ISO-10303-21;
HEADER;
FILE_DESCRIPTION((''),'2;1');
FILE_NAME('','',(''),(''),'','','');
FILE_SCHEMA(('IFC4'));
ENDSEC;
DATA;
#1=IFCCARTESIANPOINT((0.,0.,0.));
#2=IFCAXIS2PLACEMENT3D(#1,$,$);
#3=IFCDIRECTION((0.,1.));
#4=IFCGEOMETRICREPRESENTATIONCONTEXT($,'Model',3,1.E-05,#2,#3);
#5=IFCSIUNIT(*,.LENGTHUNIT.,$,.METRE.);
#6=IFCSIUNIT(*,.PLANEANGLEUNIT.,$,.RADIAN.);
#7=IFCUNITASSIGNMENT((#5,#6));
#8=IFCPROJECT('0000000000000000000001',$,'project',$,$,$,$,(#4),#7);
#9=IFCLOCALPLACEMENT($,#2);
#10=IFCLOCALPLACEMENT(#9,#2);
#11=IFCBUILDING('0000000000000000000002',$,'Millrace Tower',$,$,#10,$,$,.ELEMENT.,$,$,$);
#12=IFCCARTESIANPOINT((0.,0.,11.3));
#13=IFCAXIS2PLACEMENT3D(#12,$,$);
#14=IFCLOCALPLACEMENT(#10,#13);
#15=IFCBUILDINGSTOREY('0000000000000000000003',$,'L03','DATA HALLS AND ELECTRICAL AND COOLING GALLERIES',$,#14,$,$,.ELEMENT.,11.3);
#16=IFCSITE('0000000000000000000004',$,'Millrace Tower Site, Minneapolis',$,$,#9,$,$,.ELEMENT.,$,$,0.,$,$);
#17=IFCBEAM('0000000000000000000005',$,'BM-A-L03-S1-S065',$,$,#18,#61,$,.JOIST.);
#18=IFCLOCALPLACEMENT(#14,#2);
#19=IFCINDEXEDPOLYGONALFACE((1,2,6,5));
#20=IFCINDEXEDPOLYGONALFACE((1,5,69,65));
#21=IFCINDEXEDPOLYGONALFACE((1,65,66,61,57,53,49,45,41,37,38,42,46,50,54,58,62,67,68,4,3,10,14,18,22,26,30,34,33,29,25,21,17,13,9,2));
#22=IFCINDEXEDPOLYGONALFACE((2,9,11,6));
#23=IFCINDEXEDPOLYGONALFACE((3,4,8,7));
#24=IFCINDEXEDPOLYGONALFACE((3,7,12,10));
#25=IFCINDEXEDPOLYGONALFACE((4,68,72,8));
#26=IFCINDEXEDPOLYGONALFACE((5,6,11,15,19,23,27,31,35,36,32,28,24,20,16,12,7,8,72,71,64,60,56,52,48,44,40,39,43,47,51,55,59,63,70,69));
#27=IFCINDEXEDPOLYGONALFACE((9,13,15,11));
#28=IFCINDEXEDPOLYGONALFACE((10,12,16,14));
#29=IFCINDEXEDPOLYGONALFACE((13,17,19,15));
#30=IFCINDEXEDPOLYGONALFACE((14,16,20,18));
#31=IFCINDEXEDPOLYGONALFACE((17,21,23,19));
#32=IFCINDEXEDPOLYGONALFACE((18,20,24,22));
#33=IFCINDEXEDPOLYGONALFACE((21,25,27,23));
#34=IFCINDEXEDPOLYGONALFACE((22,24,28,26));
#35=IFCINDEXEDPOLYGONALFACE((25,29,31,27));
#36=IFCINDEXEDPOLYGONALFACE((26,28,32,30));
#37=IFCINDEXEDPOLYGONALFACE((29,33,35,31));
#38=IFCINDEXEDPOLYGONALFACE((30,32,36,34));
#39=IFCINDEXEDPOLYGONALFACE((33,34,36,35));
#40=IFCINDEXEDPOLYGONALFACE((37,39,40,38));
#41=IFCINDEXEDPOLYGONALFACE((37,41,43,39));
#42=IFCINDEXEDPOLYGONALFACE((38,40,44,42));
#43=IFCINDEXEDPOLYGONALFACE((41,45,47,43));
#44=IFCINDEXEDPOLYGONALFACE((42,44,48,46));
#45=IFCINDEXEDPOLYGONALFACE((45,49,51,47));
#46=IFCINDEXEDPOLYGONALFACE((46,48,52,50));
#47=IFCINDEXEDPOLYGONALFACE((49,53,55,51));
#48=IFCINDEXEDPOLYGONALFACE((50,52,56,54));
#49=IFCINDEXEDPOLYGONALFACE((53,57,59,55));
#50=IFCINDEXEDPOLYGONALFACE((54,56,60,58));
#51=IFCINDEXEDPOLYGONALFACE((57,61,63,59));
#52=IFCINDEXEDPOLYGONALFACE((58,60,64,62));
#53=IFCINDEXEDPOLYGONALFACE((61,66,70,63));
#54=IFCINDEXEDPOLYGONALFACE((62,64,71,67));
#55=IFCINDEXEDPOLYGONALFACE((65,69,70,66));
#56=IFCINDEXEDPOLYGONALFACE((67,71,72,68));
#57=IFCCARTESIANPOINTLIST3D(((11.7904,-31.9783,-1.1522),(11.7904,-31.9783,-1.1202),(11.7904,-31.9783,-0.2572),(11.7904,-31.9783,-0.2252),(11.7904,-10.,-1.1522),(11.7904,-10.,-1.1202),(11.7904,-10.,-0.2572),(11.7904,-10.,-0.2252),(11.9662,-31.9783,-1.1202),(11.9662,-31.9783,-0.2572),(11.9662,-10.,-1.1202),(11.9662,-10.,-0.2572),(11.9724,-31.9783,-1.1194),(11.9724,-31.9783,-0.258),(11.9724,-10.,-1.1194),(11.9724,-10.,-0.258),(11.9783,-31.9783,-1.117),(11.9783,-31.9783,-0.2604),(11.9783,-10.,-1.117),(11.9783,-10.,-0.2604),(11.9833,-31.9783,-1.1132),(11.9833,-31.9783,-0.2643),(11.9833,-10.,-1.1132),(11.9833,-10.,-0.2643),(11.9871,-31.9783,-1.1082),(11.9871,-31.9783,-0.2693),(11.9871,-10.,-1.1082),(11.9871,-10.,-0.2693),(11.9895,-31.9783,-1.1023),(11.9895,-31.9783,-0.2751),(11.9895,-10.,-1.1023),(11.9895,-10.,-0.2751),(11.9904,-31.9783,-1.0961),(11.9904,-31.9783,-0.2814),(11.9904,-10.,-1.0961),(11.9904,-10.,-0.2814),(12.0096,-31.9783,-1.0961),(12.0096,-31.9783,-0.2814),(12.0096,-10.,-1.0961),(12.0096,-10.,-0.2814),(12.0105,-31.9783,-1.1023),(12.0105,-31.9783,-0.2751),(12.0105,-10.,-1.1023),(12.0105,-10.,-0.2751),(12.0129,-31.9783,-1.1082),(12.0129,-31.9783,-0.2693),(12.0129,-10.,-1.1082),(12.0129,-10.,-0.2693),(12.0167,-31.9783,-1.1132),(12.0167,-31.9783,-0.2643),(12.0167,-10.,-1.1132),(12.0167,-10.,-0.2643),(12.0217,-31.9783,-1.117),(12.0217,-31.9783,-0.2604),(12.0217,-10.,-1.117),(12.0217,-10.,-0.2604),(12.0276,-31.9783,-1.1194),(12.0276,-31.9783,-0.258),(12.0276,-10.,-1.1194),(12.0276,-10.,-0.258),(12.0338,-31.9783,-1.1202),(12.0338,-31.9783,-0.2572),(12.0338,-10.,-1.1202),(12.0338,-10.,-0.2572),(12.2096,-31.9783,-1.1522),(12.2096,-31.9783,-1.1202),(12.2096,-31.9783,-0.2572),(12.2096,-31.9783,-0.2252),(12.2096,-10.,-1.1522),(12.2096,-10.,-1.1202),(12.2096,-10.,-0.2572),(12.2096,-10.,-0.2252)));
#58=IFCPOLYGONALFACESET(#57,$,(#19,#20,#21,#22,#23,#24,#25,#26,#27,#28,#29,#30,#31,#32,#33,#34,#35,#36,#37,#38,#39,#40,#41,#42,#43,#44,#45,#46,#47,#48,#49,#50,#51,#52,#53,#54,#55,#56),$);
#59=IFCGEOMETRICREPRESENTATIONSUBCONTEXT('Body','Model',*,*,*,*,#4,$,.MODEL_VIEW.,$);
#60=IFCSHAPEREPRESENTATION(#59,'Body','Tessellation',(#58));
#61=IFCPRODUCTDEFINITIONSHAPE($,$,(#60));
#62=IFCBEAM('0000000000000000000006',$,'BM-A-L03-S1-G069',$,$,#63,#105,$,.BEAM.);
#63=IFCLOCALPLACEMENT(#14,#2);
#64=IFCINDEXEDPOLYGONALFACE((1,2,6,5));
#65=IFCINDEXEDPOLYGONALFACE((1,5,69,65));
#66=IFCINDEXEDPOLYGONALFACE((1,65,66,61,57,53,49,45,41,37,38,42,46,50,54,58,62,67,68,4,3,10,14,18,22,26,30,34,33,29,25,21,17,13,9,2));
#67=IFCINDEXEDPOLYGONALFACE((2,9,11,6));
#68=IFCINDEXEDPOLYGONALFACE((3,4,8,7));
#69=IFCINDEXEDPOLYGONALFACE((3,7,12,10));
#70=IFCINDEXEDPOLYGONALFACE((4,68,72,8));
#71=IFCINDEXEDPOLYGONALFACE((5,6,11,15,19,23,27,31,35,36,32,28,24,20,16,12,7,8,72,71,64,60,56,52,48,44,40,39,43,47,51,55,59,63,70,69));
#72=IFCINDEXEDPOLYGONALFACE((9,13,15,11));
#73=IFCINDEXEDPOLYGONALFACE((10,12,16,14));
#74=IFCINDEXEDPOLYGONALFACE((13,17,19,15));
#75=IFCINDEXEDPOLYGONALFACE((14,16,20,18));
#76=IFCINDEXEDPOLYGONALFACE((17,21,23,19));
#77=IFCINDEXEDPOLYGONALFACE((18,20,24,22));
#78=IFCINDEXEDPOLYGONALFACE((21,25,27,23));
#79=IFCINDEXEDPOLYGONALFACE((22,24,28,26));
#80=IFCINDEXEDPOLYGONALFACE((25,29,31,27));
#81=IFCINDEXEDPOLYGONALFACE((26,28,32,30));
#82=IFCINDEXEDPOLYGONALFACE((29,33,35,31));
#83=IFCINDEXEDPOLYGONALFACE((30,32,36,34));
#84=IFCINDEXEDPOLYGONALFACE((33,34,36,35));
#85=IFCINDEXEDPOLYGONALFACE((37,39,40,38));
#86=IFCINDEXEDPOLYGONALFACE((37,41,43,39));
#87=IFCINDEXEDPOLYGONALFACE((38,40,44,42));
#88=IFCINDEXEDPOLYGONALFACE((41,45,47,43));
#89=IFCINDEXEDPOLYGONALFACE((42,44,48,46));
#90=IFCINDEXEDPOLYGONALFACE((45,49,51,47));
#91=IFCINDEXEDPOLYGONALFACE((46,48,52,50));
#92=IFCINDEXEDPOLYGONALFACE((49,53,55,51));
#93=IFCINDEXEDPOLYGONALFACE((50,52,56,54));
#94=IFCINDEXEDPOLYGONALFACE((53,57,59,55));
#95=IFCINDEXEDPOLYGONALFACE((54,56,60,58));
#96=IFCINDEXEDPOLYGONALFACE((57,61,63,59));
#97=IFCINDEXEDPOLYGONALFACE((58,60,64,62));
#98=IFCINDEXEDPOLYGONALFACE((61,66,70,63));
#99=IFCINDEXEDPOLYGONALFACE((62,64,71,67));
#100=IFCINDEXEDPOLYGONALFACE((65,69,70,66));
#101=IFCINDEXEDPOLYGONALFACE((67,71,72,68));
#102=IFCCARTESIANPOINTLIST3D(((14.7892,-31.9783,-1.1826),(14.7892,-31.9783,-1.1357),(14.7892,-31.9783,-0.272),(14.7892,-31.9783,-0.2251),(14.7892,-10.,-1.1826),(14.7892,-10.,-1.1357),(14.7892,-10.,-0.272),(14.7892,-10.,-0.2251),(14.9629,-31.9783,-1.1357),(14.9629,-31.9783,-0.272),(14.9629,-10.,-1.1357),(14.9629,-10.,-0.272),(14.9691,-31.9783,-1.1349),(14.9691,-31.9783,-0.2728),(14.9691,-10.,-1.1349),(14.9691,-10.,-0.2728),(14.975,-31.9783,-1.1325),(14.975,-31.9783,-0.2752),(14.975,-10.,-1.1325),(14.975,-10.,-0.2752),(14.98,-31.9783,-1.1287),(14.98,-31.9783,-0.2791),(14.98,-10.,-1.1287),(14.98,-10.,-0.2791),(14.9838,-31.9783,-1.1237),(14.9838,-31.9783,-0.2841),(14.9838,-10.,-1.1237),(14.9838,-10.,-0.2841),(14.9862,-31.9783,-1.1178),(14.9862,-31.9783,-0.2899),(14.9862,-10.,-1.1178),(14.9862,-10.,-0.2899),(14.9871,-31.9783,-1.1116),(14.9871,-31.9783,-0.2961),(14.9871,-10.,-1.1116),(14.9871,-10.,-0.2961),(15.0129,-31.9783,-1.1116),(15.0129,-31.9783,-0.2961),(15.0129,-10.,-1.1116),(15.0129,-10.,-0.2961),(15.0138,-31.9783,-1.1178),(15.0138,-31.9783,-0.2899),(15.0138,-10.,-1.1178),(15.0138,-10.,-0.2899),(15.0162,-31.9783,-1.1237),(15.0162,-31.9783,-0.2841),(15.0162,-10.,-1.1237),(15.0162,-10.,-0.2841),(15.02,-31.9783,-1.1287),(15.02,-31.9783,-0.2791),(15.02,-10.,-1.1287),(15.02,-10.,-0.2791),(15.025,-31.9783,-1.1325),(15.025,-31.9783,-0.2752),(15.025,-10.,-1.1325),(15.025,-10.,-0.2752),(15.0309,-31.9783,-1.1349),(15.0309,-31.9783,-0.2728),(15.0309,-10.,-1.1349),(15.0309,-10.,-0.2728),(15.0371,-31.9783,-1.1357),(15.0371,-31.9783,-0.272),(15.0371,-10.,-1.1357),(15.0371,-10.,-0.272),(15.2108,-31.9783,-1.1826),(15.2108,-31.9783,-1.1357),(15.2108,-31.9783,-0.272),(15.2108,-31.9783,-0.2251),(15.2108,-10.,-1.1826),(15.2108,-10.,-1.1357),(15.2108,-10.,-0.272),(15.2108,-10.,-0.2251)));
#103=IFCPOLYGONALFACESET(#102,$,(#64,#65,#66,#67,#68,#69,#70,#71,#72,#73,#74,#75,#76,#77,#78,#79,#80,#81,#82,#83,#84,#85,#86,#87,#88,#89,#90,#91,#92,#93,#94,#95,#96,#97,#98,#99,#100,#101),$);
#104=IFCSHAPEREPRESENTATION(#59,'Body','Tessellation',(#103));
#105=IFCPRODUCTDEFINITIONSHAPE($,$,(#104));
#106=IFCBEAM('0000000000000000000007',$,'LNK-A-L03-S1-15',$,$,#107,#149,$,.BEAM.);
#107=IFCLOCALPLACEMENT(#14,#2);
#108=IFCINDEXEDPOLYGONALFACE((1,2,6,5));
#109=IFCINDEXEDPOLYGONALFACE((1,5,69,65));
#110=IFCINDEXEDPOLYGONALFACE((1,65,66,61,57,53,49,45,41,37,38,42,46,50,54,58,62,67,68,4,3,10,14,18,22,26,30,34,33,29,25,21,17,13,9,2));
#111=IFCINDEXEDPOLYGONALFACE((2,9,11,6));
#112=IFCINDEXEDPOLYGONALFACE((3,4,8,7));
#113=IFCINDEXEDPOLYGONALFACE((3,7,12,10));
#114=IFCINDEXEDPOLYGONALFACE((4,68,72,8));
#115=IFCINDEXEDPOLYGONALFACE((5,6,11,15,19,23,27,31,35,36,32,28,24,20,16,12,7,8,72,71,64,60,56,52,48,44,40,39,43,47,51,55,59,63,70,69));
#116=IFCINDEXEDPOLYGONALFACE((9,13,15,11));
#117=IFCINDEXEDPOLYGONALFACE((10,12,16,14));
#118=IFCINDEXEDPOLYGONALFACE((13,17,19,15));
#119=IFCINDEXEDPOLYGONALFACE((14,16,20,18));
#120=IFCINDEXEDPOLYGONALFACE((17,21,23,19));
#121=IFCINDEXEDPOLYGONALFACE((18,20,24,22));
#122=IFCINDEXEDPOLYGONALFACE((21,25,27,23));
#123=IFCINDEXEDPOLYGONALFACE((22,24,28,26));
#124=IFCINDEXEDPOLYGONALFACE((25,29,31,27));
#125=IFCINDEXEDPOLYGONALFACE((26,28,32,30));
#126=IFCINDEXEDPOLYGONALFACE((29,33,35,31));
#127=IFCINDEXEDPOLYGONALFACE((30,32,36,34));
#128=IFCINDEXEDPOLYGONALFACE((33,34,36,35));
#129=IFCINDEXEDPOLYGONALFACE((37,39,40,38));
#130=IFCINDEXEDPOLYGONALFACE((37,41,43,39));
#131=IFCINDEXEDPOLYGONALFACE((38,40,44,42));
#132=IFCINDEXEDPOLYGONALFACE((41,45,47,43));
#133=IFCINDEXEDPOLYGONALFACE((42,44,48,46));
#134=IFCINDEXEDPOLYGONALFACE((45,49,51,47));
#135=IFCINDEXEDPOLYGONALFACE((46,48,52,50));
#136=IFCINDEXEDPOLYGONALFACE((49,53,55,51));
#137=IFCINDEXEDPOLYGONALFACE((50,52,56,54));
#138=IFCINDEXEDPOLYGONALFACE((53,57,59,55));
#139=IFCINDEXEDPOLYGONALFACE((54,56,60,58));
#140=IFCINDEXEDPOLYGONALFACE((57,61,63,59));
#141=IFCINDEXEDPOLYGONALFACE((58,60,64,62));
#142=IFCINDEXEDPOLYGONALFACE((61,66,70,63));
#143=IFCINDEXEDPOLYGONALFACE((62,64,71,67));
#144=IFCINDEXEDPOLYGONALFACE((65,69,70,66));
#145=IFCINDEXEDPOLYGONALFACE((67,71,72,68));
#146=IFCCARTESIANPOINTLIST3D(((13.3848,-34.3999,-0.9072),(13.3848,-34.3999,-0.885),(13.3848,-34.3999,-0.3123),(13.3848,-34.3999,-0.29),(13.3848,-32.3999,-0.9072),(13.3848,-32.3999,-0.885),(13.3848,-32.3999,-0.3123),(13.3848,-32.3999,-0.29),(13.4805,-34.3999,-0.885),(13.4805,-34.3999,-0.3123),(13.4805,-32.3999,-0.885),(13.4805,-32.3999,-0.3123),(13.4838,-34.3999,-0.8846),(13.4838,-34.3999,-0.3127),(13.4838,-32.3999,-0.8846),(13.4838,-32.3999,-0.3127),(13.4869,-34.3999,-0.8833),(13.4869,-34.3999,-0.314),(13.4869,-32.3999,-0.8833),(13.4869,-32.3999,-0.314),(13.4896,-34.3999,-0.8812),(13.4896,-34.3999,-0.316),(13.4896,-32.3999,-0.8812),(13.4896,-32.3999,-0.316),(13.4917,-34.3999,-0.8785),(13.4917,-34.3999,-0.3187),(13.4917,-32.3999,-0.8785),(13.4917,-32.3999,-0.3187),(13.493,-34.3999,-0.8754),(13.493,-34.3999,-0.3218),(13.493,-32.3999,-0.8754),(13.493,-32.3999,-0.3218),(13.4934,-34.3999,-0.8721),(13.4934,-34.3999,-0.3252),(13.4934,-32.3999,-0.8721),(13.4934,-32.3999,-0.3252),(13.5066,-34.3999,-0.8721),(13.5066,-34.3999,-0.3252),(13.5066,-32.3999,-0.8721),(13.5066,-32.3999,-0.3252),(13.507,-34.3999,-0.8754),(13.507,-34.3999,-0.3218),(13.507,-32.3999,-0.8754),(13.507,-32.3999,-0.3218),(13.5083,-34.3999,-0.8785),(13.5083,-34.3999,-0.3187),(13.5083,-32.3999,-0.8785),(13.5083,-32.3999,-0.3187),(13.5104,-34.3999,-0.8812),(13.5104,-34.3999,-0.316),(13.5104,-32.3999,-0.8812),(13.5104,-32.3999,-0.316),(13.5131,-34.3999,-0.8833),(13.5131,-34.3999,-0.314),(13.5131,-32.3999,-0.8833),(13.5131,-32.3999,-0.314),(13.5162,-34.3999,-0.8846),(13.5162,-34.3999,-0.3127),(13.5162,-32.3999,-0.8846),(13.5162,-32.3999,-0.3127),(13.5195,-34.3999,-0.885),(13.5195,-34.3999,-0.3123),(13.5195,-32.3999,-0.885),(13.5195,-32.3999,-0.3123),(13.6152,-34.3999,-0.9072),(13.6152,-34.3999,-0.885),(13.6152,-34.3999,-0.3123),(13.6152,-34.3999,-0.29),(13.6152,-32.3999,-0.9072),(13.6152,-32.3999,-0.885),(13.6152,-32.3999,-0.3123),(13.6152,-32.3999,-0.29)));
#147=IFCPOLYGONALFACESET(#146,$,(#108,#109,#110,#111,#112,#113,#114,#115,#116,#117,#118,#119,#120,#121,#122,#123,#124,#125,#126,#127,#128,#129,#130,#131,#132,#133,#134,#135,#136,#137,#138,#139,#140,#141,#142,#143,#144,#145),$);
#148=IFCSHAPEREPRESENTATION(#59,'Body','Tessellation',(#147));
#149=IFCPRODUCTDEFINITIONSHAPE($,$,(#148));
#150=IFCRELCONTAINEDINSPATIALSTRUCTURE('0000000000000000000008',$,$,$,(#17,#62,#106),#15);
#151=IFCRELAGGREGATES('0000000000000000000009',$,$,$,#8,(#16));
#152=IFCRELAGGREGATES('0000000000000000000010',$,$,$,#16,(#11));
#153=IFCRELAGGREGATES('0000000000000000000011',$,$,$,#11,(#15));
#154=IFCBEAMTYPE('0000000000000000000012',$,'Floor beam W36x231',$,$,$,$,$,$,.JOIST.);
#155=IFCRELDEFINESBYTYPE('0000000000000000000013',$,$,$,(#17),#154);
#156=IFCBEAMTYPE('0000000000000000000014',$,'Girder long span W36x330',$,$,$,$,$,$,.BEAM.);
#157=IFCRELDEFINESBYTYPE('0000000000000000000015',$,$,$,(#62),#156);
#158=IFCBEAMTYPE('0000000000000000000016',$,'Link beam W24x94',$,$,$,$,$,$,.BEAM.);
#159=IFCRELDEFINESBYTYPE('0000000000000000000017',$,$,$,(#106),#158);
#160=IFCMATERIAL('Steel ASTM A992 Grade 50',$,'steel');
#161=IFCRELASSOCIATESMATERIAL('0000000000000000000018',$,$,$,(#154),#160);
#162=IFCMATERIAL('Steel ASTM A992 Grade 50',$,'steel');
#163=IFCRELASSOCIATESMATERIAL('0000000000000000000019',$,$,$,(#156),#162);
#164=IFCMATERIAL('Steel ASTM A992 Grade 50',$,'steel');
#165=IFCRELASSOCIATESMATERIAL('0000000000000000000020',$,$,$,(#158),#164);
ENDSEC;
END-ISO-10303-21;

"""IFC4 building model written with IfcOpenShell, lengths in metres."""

from ifc_helpers import new_model, si_unit, direction, frame, origin, origin_2d, place, context, subcontext, project, spatial, i_section, extrude, material, material_profile, profile_set, type_object, element, save


model = new_model("IFC4")

# Units and contexts
model_context = context("Model", 3, precision=1e-05, world=origin(), true_north=direction((0.0, 1.0)))
body_context = subcontext(model_context, "Body", "Model", "MODEL_VIEW")
ifc_project = project(units=[si_unit("LENGTHUNIT", "METRE"), si_unit("PLANEANGLEUNIT", "RADIAN")], contexts=[model_context])

# Site, building, storey
site_placement = place(None, origin())
site = spatial("IfcSite", under=ifc_project, at=site_placement, Name="Millrace Tower Site, Minneapolis", CompositionType="ELEMENT", RefElevation=0.0)
building_placement = place(site_placement, origin())
building = spatial("IfcBuilding", under=site, at=building_placement, Name="Millrace Tower", CompositionType="ELEMENT")
storey_placement = place(building_placement, frame((0.0, 0.0, 11.3)))
storey = spatial("IfcBuildingStorey", under=building, at=storey_placement, Name="L03", Description="DATA HALLS AND ELECTRICAL AND COOLING GALLERIES", CompositionType="ELEMENT", Elevation=11.3)

# Beams
ifc_material_1 = material(Name="Steel ASTM A992 Grade 50", Category="steel")
ifc_material_profile_1 = material_profile(ifc_material_1, i_section(OverallWidth=0.4192, OverallDepth=0.927, WebThickness=0.0193, FlangeThickness=0.032, FilletRadius=0.0242, at=origin_2d()))
ifc_profile_set_1 = profile_set([ifc_material_profile_1], Name="Steel ASTM A992 Grade 50")
beam_type_1 = type_object("IfcBeamType", Name="Floor beam W36x231", PredefinedType="JOIST", material=ifc_profile_set_1)
for number, where, z_axis, x_axis, name in (
    (1, (12.0, -31.9783, -0.6887), (0.0, 1.0, 0.0), (-1.0, 0.0, 0.0), "BM-A-L03-S1-S065"),
):
    element("IfcBeam", number, at=place(storey_placement, frame(where, z_axis=z_axis, x_axis=x_axis)), inside=storey, type_object=beam_type_1, Name=name, PredefinedType="JOIST", context=body_context, shape_type="SweptSolid", body=[
        extrude(i_section(OverallWidth=0.4192, OverallDepth=0.927, WebThickness=0.0193, FlangeThickness=0.032, FilletRadius=0.0242, at=origin_2d()), origin(), (0.0, 0.0, 1.0), 21.9783),
    ])
ifc_material_2 = material(Name="Steel ASTM A992 Grade 50", Category="steel")
ifc_material_profile_2 = material_profile(ifc_material_2, i_section(OverallWidth=0.4216, OverallDepth=0.9575, WebThickness=0.0259, FlangeThickness=0.0469, FilletRadius=0.0242, at=origin_2d()))
ifc_profile_set_2 = profile_set([ifc_material_profile_2], Name="Steel ASTM A992 Grade 50")
beam_type_2 = type_object("IfcBeamType", Name="Girder long span W36x330", PredefinedType="BEAM", material=ifc_profile_set_2)
beam_1_placement = place(storey_placement, frame((15.0, -31.9783, -0.7039), z_axis=(0.0, 1.0, 0.0), x_axis=(-1.0, 0.0, 0.0)))
element("IfcBeam", 2, at=beam_1_placement, inside=storey, type_object=beam_type_2, Name="BM-A-L03-S1-G069", PredefinedType="BEAM", context=body_context, shape_type="SweptSolid", body=[
    extrude(i_section(OverallWidth=0.4216, OverallDepth=0.9575, WebThickness=0.0259, FlangeThickness=0.0469, FilletRadius=0.0242, at=origin_2d()), origin(), (0.0, 0.0, 1.0), 21.9783),
])
ifc_material_3 = material(Name="Steel ASTM A992 Grade 50", Category="steel")
ifc_material_profile_3 = material_profile(ifc_material_3, i_section(OverallWidth=0.2305, OverallDepth=0.6172, WebThickness=0.0132, FlangeThickness=0.0222, FilletRadius=0.0129, at=origin_2d()))
ifc_profile_set_3 = profile_set([ifc_material_profile_3], Name="Steel ASTM A992 Grade 50")
beam_type_3 = type_object("IfcBeamType", Name="Link beam W24x94", PredefinedType="BEAM", material=ifc_profile_set_3)
beam_2_placement = place(storey_placement, frame((13.5, -32.3999, -0.5986), z_axis=(0.0, -1.0, 0.0), x_axis=(1.0, 0.0, 0.0)))
element("IfcBeam", 3, at=beam_2_placement, inside=storey, type_object=beam_type_3, Name="LNK-A-L03-S1-15", PredefinedType="BEAM", context=body_context, shape_type="SweptSolid", body=[
    extrude(i_section(OverallWidth=0.2305, OverallDepth=0.6172, WebThickness=0.0132, FlangeThickness=0.0222, FilletRadius=0.0129, at=origin_2d()), origin(), (0.0, 0.0, 1.0), 2.0),
])

save(model, "model.ifc")
